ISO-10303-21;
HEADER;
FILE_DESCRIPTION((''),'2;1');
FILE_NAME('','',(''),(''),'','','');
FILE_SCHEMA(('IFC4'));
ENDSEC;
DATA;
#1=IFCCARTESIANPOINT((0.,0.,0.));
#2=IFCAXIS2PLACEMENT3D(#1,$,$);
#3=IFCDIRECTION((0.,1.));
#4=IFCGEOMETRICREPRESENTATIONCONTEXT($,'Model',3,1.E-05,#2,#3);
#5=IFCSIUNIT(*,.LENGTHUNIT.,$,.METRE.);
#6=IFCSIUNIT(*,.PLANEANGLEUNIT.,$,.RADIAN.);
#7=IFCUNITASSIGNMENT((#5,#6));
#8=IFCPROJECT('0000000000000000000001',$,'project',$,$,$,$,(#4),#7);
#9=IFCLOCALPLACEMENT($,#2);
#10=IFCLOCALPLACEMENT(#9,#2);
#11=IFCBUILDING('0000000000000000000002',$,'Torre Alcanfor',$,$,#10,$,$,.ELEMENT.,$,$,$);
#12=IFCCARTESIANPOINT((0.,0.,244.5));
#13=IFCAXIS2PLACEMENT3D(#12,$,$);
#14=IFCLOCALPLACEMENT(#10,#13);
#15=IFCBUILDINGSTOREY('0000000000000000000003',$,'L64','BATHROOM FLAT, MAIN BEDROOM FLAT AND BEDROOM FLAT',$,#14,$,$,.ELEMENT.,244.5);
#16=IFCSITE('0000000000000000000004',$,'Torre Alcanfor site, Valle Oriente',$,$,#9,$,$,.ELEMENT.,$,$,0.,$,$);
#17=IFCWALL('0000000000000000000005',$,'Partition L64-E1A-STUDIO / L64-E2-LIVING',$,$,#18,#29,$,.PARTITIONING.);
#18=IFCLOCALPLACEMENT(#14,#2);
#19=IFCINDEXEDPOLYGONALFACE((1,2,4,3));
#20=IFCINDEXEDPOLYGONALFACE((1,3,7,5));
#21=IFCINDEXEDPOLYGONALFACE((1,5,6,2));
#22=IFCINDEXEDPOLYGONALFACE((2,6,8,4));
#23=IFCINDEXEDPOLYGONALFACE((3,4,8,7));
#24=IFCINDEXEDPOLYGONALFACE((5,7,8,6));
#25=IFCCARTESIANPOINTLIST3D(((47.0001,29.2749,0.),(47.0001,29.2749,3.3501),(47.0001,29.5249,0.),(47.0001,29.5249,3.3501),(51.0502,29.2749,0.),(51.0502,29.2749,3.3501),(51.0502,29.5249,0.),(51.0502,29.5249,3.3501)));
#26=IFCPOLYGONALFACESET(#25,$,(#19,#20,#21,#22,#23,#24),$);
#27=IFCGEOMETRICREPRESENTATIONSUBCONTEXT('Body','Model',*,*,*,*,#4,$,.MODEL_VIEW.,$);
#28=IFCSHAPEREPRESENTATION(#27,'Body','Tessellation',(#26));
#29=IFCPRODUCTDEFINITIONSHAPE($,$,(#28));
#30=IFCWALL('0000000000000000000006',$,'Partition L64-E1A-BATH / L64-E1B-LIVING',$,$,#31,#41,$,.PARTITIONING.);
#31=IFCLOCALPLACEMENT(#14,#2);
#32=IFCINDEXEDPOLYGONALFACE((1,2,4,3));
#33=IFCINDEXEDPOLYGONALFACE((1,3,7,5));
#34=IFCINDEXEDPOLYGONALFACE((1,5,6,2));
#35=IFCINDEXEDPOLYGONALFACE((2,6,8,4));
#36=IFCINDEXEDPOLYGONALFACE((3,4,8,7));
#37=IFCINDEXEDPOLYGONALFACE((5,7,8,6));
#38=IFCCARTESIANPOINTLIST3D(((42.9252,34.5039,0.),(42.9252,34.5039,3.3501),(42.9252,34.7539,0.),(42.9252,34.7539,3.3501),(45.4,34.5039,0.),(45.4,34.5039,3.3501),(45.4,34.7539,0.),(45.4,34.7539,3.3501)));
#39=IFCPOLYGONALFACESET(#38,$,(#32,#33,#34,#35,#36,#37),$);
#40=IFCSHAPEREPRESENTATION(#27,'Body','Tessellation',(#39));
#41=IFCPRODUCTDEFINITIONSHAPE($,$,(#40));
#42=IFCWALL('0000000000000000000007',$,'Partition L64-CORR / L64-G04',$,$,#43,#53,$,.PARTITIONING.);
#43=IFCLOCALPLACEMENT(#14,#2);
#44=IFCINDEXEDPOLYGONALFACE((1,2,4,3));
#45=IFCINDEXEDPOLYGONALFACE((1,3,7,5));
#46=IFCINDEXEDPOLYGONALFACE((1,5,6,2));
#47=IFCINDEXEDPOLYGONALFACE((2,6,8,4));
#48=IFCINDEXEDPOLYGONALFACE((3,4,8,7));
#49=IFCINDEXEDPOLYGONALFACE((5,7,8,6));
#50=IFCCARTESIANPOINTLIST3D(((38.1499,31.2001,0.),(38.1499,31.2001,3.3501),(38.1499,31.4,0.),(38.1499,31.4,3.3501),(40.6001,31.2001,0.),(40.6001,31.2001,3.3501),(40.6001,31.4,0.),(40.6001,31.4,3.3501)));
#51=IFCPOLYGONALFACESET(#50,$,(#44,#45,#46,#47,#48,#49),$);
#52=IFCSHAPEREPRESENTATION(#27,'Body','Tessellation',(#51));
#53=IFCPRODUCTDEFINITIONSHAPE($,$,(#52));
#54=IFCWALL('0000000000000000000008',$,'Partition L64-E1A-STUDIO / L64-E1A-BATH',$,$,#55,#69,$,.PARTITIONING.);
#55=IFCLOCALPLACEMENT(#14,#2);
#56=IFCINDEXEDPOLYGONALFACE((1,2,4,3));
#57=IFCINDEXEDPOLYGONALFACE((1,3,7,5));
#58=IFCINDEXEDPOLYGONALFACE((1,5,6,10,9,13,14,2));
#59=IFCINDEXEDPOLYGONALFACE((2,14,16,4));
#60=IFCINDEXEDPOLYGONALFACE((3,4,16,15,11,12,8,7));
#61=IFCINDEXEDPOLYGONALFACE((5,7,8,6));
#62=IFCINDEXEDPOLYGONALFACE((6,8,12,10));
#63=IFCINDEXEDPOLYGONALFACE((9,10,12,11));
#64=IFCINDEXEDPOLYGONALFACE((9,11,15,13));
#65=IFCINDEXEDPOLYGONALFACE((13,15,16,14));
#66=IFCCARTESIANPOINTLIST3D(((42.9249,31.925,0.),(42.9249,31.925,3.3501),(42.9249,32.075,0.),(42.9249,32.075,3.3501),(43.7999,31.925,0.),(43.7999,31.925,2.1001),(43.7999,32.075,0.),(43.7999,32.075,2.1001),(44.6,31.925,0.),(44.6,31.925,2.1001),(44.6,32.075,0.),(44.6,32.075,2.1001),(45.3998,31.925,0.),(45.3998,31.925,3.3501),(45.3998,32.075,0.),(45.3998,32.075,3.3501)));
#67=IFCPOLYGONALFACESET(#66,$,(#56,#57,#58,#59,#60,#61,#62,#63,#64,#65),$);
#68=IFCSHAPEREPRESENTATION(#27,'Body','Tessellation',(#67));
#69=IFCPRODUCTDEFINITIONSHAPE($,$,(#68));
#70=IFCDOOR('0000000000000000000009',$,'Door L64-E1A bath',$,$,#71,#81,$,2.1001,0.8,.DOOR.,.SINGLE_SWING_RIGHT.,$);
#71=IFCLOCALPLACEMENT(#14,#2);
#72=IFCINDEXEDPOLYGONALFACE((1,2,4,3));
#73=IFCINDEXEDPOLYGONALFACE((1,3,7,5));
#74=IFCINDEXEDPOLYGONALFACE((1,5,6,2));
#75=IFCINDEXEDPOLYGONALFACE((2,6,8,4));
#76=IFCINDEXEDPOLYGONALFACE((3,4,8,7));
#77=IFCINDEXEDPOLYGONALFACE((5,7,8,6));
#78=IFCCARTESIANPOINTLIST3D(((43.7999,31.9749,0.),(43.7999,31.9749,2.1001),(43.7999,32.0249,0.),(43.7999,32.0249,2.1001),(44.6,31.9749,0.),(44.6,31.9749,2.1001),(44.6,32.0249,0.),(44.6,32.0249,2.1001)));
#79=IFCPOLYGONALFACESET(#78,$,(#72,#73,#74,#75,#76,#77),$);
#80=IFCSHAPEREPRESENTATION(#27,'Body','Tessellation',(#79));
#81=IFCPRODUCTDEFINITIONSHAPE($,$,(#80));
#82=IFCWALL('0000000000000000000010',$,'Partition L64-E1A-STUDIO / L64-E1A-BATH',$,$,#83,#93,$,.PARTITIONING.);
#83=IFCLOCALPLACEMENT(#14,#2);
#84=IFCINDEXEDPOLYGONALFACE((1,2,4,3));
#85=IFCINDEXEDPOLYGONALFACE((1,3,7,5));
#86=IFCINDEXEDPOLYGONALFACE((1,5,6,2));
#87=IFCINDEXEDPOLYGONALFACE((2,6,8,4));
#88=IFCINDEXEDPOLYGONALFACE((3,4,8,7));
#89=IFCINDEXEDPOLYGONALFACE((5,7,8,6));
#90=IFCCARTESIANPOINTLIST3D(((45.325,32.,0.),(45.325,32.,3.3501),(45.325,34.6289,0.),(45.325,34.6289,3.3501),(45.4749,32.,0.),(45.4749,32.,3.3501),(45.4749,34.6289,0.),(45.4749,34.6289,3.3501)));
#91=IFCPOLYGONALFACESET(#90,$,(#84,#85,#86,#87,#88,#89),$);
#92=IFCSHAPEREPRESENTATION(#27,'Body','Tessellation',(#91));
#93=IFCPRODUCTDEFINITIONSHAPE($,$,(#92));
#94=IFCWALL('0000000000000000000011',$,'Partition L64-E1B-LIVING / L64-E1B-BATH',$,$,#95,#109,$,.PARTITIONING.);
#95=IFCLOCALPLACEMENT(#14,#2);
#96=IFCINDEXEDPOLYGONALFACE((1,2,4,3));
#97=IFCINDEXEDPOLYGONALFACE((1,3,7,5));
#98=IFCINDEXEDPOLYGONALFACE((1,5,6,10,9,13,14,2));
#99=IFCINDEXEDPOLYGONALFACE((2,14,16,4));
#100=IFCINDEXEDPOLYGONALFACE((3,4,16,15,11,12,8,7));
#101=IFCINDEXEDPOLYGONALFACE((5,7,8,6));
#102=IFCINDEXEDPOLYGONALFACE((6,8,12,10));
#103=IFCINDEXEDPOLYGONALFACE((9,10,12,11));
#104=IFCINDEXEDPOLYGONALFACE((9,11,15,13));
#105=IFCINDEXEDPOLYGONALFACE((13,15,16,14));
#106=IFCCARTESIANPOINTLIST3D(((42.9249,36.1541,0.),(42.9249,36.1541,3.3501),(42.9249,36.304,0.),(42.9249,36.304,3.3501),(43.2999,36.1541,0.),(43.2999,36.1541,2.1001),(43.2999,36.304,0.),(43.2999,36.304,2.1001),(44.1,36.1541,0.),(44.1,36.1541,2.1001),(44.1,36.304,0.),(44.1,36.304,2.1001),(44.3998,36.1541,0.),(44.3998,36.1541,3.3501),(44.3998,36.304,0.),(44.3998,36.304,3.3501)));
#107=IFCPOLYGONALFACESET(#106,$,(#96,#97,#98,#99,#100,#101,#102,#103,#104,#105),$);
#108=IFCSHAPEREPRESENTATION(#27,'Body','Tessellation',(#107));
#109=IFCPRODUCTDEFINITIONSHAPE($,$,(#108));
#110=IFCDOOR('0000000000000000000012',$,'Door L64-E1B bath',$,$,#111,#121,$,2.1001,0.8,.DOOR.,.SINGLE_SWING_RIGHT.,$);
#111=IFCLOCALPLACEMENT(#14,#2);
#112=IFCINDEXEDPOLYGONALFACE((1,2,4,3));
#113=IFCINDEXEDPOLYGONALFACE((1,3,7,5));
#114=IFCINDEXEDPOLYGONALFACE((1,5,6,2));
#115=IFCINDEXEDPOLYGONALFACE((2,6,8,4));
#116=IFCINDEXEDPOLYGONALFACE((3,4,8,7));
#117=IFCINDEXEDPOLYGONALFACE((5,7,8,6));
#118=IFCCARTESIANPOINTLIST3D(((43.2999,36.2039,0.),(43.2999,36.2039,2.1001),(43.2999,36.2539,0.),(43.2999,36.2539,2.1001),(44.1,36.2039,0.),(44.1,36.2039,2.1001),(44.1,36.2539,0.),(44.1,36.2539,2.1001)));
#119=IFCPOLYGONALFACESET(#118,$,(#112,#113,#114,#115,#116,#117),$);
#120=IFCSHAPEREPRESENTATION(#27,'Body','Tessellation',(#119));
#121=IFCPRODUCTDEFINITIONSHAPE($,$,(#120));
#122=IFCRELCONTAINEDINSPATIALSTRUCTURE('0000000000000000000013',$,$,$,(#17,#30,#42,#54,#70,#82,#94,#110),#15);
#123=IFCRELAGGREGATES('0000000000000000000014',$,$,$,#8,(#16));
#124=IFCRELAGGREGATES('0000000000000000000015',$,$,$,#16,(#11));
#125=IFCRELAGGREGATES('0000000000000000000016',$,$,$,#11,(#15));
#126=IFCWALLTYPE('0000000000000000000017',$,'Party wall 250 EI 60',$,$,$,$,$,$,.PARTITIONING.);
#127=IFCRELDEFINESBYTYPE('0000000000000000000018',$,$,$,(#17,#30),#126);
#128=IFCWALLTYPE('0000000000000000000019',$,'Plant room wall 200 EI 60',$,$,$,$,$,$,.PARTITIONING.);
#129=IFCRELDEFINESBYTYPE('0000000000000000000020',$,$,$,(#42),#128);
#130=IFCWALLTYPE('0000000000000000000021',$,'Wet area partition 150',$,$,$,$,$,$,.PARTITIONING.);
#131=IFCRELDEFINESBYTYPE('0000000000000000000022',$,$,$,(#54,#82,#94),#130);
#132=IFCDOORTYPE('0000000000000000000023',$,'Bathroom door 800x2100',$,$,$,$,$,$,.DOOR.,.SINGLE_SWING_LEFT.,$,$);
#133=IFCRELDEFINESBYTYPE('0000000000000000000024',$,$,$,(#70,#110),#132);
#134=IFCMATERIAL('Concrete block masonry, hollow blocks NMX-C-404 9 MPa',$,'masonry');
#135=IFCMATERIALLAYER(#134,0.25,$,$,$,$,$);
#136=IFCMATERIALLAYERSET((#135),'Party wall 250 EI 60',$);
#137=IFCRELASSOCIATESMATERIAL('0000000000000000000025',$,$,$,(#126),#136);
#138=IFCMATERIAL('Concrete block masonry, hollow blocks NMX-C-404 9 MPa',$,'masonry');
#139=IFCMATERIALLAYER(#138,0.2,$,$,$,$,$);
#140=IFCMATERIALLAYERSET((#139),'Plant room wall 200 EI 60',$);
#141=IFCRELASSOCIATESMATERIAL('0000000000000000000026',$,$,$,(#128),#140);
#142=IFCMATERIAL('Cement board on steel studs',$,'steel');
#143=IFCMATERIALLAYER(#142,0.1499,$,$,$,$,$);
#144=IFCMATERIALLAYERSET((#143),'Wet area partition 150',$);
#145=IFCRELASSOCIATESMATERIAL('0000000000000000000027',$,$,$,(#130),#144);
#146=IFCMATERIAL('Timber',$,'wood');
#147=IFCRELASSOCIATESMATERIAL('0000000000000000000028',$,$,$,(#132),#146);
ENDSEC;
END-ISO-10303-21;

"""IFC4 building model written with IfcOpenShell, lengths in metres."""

from ifc_helpers import new_model, si_unit, direction, frame, frame_2d, origin, place, context, subcontext, project, spatial, rectangle, extrude, material, layer, layer_set, type_object, element, fill, save


model = new_model("IFC4")

# Units and contexts
model_context = context("Model", 3, precision=1e-05, world=origin(), true_north=direction((0.0, 1.0)))
body_context = subcontext(model_context, "Body", "Model", "MODEL_VIEW")
ifc_project = project(units=[si_unit("LENGTHUNIT", "METRE"), si_unit("PLANEANGLEUNIT", "RADIAN")], contexts=[model_context])

# Site, building, storey
site_placement = place(None, origin())
site = spatial("IfcSite", under=ifc_project, at=site_placement, Name="Torre Alcanfor site, Valle Oriente", CompositionType="ELEMENT", RefElevation=0.0)
building_placement = place(site_placement, origin())
building = spatial("IfcBuilding", under=site, at=building_placement, Name="Torre Alcanfor", CompositionType="ELEMENT")
storey_placement = place(building_placement, frame((0.0, 0.0, 244.5)))
storey = spatial("IfcBuildingStorey", under=building, at=storey_placement, Name="L64", Description="BATHROOM FLAT, MAIN BEDROOM FLAT AND BEDROOM FLAT", CompositionType="ELEMENT", Elevation=244.5)

# Walls
ifc_material_1 = material(Name="Concrete block masonry, hollow blocks NMX-C-404 9 MPa", Category="masonry")
ifc_layer_1 = layer(ifc_material_1, 0.25)
ifc_layer_set_1 = layer_set([ifc_layer_1], Name="Party wall 250 EI 60")
wall_type_1 = type_object("IfcWallType", Name="Party wall 250 EI 60", PredefinedType="PARTITIONING", material=ifc_layer_set_1)
wall_1_placement = place(storey_placement, frame((51.05, 29.3999, 0.0), z_axis=(0.0, 0.0, 1.0), x_axis=(-1.0, 0.0, 0.0)))
element("IfcWall", 1, at=wall_1_placement, inside=storey, type_object=wall_type_1, Name="Partition L64-E1A-STUDIO / L64-E2-LIVING", PredefinedType="PARTITIONING", context=body_context, shape_type="SweptSolid", body=[
    extrude(rectangle(XDim=4.05, YDim=0.25, at=frame_2d((2.0249, 0.0))), origin(), (0.0, 0.0, 1.0), 3.3501),
])
wall_2_placement = place(storey_placement, frame((45.3999, 34.6289, 0.0), z_axis=(0.0, 0.0, 1.0), x_axis=(-1.0, 0.0, 0.0)))
element("IfcWall", 2, at=wall_2_placement, inside=storey, type_object=wall_type_1, Name="Partition L64-E1A-BATH / L64-E1B-LIVING", PredefinedType="PARTITIONING", context=body_context, shape_type="SweptSolid", body=[
    extrude(rectangle(XDim=2.4749, YDim=0.25, at=frame_2d((1.2373, 0.0))), origin(), (0.0, 0.0, 1.0), 3.3501),
])
ifc_material_2 = material(Name="Concrete block masonry, hollow blocks NMX-C-404 9 MPa", Category="masonry")
ifc_layer_2 = layer(ifc_material_2, 0.2)
ifc_layer_set_2 = layer_set([ifc_layer_2], Name="Plant room wall 200 EI 60")
wall_type_2 = type_object("IfcWallType", Name="Plant room wall 200 EI 60", PredefinedType="PARTITIONING", material=ifc_layer_set_2)
wall_3_placement = place(storey_placement, frame((40.6001, 31.3, 0.0), z_axis=(0.0, 0.0, 1.0), x_axis=(-1.0, 0.0, 0.0)))
element("IfcWall", 3, at=wall_3_placement, inside=storey, type_object=wall_type_2, Name="Partition L64-CORR / L64-G04", PredefinedType="PARTITIONING", context=body_context, shape_type="SweptSolid", body=[
    extrude(rectangle(XDim=2.4502, YDim=0.2, at=frame_2d((1.2251, 0.0))), origin(), (0.0, 0.0, 1.0), 3.3501),
])

# Wall, opening, door
ifc_material_3 = material(Name="Cement board on steel studs", Category="steel")
ifc_layer_3 = layer(ifc_material_3, 0.1499)
ifc_layer_set_3 = layer_set([ifc_layer_3], Name="Wet area partition 150")
wall_type_3 = type_object("IfcWallType", Name="Wet area partition 150", PredefinedType="PARTITIONING", material=ifc_layer_set_3)
wall_4_placement = place(storey_placement, frame((42.925, 32.0, 0.0), z_axis=(0.0, 0.0, 1.0), x_axis=(1.0, 0.0, 0.0)))
wall_4 = element("IfcWall", 4, at=wall_4_placement, inside=storey, type_object=wall_type_3, Name="Partition L64-E1A-STUDIO / L64-E1A-BATH", PredefinedType="PARTITIONING", context=body_context, shape_type="SweptSolid", body=[
    extrude(rectangle(XDim=2.4749, YDim=0.1499, at=frame_2d((1.2373, 0.0))), origin(), (0.0, 0.0, 1.0), 3.3501),
])
opening_1_placement = place(wall_4_placement, frame((0.875, 0.0, 0.0)))
opening_1 = element("IfcOpeningElement", 5, at=opening_1_placement, cuts=wall_4, PredefinedType="OPENING", context=body_context, shape_type="SweptSolid", body=[
    extrude(rectangle(XDim=0.8, YDim=2.1001, at=frame_2d((0.3999, 1.05))), frame((0.0, 0.085, 0.0), z_axis=(0.0, -1.0, 0.0), x_axis=(1.0, 0.0, 0.0)), (0.0, 0.0, 1.0), 0.1699),
])
ifc_material_4 = material(Name="Timber", Category="wood")
door_type_1 = type_object("IfcDoorType", Name="Bathroom door 800x2100", OperationType="SINGLE_SWING_LEFT", PredefinedType="DOOR", material=ifc_material_4)
door_1_placement = place(opening_1_placement, origin())
door_1 = element("IfcDoor", 6, at=door_1_placement, inside=storey, type_object=door_type_1, Name="Door L64-E1A bath", OperationType="SINGLE_SWING_RIGHT", OverallHeight=2.1001, OverallWidth=0.8, PredefinedType="DOOR", context=body_context, shape_type="SweptSolid", body=[
    extrude(rectangle(XDim=0.8, YDim=2.1001, at=frame_2d((0.3999, 1.05))), frame((0.0, 0.0249, 0.0), z_axis=(0.0, -1.0, 0.0), x_axis=(1.0, 0.0, 0.0)), (0.0, 0.0, 1.0), 0.05),
])
fill(opening_1, door_1)

# Wall
wall_5_placement = place(storey_placement, frame((45.3999, 32.0, 0.0), z_axis=(0.0, 0.0, 1.0), x_axis=(0.0, 1.0, 0.0)))
element("IfcWall", 7, at=wall_5_placement, inside=storey, type_object=wall_type_3, Name="Partition L64-E1A-STUDIO / L64-E1A-BATH", PredefinedType="PARTITIONING", context=body_context, shape_type="SweptSolid", body=[
    extrude(rectangle(XDim=2.6289, YDim=0.1499, at=frame_2d((1.3145, 0.0))), origin(), (0.0, 0.0, 1.0), 3.3501),
])

# Wall, opening, door
wall_6_placement = place(storey_placement, frame((42.925, 36.229, 0.0), z_axis=(0.0, 0.0, 1.0), x_axis=(1.0, 0.0, 0.0)))
wall_6 = element("IfcWall", 8, at=wall_6_placement, inside=storey, type_object=wall_type_3, Name="Partition L64-E1B-LIVING / L64-E1B-BATH", PredefinedType="PARTITIONING", context=body_context, shape_type="SweptSolid", body=[
    extrude(rectangle(XDim=1.4749, YDim=0.1499, at=frame_2d((0.7373, 0.0))), origin(), (0.0, 0.0, 1.0), 3.3501),
])
opening_2_placement = place(wall_6_placement, frame((0.375, 0.0, 0.0)))
opening_2 = element("IfcOpeningElement", 9, at=opening_2_placement, cuts=wall_6, PredefinedType="OPENING", context=body_context, shape_type="SweptSolid", body=[
    extrude(rectangle(XDim=0.8, YDim=2.1001, at=frame_2d((0.3999, 1.05))), frame((0.0, 0.085, 0.0), z_axis=(0.0, -1.0, 0.0), x_axis=(1.0, 0.0, 0.0)), (0.0, 0.0, 1.0), 0.1699),
])
door_2_placement = place(opening_2_placement, origin())
door_2 = element("IfcDoor", 10, at=door_2_placement, inside=storey, type_object=door_type_1, Name="Door L64-E1B bath", OperationType="SINGLE_SWING_RIGHT", OverallHeight=2.1001, OverallWidth=0.8, PredefinedType="DOOR", context=body_context, shape_type="SweptSolid", body=[
    extrude(rectangle(XDim=0.8, YDim=2.1001, at=frame_2d((0.3999, 1.05))), frame((0.0, 0.0249, 0.0), z_axis=(0.0, -1.0, 0.0), x_axis=(1.0, 0.0, 0.0)), (0.0, 0.0, 1.0), 0.05),
])
fill(opening_2, door_2)

save(model, "model.ifc")
